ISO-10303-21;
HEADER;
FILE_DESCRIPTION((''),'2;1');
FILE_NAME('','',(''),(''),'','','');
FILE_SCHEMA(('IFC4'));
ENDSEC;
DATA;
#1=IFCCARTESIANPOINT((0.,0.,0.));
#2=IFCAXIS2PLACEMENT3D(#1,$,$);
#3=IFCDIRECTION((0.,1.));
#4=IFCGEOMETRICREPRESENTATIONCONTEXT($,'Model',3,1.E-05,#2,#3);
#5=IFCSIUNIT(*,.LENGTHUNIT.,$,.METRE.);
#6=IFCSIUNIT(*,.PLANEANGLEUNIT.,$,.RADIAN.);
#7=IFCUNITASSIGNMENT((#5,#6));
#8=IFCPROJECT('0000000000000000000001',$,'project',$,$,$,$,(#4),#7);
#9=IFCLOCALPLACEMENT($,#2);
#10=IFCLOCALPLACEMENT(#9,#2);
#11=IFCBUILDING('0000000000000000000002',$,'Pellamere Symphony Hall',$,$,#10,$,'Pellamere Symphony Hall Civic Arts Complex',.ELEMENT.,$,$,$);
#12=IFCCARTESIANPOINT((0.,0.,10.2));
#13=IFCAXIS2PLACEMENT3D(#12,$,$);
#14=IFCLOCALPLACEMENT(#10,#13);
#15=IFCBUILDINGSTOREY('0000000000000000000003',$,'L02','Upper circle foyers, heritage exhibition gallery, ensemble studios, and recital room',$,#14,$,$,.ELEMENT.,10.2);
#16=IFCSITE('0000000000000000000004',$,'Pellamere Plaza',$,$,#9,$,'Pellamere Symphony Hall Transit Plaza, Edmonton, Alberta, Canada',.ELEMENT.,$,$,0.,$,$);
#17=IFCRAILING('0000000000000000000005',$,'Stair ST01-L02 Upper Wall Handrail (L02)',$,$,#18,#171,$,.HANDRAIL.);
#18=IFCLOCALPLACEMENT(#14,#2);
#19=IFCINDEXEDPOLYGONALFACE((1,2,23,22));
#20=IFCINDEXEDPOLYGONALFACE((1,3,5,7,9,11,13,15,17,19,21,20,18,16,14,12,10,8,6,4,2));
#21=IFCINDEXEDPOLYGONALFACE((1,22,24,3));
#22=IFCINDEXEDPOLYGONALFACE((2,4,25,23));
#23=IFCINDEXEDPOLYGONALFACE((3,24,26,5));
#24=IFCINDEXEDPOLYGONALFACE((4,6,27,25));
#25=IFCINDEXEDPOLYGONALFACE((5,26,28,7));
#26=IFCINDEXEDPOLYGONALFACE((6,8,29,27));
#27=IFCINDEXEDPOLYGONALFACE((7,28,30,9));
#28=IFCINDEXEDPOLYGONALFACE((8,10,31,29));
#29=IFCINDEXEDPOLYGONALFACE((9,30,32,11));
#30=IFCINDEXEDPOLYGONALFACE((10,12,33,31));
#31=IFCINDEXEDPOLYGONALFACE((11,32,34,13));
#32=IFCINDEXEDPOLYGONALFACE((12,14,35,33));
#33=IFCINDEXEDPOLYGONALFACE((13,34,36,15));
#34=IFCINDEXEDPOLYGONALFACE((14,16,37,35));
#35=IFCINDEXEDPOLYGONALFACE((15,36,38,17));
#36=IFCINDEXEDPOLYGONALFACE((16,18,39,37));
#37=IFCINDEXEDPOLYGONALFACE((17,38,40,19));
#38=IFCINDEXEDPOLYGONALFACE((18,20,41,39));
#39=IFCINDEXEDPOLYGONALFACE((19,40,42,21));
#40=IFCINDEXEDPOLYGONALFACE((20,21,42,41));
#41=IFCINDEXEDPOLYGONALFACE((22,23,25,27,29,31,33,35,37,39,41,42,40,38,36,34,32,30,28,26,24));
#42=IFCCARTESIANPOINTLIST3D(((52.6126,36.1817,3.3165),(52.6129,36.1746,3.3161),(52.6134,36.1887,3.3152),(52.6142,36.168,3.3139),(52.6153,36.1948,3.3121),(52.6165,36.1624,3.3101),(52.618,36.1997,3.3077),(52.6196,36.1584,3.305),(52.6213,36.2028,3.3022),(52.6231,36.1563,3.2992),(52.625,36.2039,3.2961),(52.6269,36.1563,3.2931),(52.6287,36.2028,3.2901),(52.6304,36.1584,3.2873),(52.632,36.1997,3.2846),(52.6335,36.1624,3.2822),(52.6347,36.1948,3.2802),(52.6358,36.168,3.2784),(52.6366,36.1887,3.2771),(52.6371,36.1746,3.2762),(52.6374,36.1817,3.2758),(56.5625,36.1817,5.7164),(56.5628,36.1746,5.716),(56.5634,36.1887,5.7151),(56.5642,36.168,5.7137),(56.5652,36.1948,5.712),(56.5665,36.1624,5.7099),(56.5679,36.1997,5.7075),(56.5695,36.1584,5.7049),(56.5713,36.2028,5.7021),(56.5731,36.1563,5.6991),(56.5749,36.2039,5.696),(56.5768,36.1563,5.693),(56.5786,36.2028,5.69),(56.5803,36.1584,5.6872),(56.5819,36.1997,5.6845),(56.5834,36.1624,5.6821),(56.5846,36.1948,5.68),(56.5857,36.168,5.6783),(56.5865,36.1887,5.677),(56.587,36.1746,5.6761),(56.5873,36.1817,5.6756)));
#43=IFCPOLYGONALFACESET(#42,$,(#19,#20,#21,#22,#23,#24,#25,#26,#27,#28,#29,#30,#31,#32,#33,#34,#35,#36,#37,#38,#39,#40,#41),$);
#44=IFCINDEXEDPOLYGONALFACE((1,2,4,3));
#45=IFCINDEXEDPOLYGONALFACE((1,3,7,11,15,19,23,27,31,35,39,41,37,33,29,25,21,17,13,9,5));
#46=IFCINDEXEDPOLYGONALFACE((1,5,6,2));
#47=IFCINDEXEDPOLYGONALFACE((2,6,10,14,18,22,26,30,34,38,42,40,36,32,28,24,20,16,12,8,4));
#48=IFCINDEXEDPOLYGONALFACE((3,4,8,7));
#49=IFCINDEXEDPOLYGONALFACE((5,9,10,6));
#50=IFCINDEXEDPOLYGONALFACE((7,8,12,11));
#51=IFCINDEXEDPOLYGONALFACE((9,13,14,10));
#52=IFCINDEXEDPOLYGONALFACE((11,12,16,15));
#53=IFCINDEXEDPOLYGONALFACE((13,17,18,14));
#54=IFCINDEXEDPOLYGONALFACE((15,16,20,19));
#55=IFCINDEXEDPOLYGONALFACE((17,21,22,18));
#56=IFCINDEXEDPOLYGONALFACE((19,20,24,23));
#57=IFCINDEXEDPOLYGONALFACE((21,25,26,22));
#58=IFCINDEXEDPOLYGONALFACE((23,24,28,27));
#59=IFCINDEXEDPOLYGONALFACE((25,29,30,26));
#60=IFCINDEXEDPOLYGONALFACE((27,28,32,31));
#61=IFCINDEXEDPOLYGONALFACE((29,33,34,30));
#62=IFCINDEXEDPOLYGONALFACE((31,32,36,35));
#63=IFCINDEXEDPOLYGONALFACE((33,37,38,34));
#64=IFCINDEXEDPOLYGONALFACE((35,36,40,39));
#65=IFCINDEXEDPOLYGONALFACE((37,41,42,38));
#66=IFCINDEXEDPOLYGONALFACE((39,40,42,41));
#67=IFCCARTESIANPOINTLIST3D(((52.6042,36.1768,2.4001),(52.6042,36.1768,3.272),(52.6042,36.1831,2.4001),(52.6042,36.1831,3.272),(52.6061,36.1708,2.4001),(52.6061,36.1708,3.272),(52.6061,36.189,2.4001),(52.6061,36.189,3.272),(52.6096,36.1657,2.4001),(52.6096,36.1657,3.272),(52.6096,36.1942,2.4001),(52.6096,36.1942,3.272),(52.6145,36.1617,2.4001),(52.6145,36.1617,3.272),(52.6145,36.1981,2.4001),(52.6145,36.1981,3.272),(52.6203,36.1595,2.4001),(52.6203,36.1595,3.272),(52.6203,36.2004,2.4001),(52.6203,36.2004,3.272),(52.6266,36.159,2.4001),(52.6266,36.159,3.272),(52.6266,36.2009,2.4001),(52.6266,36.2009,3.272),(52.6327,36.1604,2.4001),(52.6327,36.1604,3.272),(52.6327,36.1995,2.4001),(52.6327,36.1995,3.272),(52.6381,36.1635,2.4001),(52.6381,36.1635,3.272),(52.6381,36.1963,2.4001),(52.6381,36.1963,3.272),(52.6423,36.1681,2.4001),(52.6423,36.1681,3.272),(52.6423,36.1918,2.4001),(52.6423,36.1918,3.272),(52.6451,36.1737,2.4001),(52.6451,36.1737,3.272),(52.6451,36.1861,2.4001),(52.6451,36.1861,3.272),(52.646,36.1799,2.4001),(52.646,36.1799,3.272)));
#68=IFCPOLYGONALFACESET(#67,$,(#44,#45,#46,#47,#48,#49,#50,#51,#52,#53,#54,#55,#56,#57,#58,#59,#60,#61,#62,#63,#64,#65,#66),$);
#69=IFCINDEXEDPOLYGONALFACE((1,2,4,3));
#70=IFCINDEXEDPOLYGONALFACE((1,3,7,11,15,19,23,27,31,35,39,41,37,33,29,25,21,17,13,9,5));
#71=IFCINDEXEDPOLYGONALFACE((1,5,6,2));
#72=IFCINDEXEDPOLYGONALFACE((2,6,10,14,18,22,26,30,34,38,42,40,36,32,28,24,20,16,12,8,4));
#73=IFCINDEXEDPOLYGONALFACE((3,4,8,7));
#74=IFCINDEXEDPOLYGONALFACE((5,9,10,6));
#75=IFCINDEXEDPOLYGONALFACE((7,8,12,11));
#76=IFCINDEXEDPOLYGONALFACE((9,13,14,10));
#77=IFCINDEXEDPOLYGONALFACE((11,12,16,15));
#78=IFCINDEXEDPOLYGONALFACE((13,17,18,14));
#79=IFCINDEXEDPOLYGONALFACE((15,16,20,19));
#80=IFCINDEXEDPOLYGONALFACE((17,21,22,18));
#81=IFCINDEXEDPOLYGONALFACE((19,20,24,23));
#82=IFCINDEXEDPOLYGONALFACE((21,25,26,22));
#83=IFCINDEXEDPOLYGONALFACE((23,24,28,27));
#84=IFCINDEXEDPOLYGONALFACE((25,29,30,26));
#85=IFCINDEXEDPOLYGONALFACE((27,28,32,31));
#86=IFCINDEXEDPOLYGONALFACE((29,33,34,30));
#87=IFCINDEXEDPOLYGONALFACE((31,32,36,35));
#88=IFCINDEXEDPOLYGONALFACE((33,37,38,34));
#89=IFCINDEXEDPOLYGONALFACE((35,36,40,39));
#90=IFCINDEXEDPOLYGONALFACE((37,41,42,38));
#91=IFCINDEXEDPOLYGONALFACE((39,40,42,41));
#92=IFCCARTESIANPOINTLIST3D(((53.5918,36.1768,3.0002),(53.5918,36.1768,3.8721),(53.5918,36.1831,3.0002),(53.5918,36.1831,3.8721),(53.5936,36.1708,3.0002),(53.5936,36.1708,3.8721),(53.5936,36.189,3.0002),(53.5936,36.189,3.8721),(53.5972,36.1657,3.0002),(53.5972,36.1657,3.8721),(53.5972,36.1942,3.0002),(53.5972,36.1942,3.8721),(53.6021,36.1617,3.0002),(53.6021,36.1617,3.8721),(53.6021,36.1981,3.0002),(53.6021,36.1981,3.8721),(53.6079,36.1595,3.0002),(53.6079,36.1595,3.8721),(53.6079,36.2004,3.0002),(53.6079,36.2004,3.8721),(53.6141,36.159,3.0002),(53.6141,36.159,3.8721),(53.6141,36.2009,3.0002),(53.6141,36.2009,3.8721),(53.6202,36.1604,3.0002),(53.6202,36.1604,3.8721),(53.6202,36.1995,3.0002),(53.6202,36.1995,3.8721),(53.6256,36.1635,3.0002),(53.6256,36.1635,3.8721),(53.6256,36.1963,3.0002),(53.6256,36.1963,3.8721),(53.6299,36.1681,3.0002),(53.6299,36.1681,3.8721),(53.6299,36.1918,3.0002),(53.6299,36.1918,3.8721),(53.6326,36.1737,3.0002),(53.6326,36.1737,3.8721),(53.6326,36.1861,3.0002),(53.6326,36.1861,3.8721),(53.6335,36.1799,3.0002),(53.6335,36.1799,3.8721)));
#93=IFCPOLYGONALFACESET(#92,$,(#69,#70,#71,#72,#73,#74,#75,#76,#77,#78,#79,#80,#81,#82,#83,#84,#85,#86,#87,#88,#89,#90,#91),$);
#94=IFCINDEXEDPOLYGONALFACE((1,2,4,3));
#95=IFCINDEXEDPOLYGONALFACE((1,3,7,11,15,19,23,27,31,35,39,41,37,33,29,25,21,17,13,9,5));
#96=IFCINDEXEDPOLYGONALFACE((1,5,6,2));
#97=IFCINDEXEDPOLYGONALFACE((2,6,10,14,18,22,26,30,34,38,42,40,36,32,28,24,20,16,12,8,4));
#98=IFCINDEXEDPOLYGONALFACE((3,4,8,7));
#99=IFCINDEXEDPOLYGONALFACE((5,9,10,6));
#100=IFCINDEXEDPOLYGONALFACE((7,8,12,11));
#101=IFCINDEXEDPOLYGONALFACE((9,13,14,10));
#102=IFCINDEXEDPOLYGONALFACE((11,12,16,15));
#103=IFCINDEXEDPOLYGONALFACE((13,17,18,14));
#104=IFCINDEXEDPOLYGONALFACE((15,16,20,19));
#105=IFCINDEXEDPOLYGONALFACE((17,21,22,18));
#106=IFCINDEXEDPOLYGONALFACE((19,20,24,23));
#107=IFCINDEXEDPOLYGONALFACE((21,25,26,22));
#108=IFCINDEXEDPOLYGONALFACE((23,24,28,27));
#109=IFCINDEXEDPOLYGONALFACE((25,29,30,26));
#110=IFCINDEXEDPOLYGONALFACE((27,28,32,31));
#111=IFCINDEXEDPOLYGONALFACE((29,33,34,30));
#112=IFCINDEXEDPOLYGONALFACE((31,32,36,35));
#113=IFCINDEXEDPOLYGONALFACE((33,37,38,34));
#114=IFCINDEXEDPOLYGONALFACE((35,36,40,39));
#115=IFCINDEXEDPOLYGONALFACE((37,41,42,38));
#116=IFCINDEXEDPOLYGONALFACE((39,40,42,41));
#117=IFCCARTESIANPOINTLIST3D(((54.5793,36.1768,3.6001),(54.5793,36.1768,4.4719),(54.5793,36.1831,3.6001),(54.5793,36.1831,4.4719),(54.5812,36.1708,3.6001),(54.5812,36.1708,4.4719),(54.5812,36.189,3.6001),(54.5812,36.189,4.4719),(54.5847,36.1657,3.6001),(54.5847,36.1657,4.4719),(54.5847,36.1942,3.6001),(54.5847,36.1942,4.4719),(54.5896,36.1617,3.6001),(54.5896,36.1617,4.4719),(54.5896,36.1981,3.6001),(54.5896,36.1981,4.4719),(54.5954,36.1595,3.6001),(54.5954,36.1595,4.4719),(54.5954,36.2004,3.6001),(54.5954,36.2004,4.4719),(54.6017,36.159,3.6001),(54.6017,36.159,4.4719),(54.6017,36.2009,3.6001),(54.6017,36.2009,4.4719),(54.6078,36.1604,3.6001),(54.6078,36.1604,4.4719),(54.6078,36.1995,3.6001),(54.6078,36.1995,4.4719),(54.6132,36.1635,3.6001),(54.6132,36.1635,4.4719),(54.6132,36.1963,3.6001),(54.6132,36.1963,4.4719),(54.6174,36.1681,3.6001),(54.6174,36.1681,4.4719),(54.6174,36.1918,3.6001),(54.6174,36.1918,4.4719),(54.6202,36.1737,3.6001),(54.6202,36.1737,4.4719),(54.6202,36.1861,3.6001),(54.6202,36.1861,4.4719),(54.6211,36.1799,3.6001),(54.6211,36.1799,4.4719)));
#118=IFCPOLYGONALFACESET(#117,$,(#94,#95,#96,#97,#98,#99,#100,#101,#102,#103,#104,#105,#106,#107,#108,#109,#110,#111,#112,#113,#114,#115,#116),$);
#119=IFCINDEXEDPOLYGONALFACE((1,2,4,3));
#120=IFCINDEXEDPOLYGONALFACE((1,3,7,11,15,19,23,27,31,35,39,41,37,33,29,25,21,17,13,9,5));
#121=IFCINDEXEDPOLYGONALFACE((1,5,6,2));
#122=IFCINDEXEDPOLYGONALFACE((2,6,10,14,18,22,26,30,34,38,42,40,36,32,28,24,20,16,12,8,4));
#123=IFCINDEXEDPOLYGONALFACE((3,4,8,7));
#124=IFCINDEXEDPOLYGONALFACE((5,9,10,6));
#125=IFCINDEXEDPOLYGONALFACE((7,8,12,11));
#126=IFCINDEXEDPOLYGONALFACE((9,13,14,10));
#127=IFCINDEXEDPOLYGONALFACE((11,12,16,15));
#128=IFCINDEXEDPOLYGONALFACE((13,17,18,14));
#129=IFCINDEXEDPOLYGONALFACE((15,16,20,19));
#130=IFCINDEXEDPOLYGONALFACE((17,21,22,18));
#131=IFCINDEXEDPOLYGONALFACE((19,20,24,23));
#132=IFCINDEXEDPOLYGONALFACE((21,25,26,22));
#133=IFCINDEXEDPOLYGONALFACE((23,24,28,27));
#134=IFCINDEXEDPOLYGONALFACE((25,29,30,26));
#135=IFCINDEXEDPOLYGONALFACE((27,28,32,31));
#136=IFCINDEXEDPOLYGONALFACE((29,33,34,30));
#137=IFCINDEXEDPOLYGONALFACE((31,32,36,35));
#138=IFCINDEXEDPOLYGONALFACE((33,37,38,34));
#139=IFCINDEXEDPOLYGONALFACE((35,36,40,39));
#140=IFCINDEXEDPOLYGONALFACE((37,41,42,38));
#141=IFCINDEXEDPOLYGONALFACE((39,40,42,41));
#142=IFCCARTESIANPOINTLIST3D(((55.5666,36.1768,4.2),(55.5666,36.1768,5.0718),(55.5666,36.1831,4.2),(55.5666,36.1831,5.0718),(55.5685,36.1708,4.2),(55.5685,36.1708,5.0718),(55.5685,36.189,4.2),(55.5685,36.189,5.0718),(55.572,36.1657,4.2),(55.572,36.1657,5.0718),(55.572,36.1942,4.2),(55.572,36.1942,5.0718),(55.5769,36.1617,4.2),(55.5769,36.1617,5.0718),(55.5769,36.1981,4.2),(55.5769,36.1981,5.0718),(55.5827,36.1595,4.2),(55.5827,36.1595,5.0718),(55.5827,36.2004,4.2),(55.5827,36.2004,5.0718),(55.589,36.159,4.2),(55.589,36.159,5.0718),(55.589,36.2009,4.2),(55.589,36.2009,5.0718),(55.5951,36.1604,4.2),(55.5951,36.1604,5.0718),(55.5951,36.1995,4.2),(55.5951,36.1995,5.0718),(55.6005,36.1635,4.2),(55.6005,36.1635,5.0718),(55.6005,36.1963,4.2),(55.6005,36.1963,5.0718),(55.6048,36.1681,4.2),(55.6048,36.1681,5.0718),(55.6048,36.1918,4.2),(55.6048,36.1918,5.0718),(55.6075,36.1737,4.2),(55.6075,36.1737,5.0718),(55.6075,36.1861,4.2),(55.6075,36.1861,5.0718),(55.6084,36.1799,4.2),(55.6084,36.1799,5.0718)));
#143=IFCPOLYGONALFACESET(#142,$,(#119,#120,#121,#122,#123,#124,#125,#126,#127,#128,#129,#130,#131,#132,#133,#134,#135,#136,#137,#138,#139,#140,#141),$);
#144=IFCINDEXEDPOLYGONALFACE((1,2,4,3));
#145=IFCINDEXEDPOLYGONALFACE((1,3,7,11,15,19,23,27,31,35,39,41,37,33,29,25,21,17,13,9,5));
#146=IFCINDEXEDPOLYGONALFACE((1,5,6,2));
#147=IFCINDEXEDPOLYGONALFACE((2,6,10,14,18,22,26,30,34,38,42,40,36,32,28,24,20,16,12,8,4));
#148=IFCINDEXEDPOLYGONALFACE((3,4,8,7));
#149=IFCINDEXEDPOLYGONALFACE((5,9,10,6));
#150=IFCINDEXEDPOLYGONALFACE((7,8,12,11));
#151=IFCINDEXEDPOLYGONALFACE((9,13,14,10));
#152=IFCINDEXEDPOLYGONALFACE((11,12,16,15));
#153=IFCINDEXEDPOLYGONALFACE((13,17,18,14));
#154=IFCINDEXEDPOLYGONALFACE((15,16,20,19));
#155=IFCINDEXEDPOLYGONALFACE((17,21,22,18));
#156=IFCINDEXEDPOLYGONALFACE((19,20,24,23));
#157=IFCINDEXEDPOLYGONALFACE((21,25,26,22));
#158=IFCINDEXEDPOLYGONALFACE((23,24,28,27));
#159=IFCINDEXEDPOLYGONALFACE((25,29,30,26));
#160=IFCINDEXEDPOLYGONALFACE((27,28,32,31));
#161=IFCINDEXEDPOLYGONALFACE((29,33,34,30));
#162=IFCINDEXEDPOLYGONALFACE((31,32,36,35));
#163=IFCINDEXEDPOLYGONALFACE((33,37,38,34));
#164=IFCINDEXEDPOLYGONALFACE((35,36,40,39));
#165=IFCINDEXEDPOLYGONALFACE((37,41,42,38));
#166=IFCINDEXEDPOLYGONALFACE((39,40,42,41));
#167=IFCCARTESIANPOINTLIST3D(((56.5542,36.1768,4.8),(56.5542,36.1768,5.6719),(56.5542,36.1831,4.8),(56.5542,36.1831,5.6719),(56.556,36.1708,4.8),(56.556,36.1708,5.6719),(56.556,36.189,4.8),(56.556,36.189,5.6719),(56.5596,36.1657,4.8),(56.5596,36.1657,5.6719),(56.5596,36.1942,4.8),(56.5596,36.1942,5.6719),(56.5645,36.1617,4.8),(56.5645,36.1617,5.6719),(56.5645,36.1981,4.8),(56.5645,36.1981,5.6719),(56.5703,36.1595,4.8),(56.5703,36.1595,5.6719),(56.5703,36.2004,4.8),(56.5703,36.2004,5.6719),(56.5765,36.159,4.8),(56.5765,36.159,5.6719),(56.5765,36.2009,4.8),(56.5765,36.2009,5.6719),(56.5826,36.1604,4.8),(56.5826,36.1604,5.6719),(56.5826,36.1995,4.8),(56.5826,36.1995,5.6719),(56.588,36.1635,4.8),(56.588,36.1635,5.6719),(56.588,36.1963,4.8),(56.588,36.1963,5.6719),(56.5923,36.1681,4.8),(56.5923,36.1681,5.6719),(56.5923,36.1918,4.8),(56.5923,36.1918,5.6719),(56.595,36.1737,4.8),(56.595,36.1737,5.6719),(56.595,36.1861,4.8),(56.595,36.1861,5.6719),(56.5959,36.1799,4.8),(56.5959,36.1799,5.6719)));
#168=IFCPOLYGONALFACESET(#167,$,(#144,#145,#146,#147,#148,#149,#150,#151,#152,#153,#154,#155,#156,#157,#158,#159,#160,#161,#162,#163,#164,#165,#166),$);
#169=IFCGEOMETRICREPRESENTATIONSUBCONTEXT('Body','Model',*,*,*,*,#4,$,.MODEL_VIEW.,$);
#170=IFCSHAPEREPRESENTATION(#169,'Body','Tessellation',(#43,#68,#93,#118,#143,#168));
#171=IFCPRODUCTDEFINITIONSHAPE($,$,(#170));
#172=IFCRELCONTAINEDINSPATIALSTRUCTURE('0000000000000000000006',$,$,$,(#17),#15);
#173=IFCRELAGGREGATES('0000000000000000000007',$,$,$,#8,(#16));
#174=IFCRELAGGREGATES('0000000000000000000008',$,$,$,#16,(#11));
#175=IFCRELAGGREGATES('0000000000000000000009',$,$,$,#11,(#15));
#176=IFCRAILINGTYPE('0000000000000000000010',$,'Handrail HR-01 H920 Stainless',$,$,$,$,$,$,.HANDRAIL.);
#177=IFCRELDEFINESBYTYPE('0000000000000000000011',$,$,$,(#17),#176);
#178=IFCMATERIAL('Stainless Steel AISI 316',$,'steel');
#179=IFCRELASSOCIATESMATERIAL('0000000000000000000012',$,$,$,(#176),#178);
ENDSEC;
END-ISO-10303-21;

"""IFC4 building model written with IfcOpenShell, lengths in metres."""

from ifc_helpers import new_model, si_unit, direction, frame, origin, origin_2d, place, context, subcontext, project, spatial, circle, extrude, material, type_object, element, save


model = new_model("IFC4")

# Units and contexts
model_context = context("Model", 3, precision=1e-05, world=origin(), true_north=direction((0.0, 1.0)))
body_context = subcontext(model_context, "Body", "Model", "MODEL_VIEW")
ifc_project = project(units=[si_unit("LENGTHUNIT", "METRE"), si_unit("PLANEANGLEUNIT", "RADIAN")], contexts=[model_context])

# Site, building, storey
site_placement = place(None, origin())
site = spatial("IfcSite", under=ifc_project, at=site_placement, Name="Pellamere Plaza", LongName="Pellamere Symphony Hall Transit Plaza, Edmonton, Alberta, Canada", CompositionType="ELEMENT", RefElevation=0.0)
building_placement = place(site_placement, origin())
building = spatial("IfcBuilding", under=site, at=building_placement, Name="Pellamere Symphony Hall", LongName="Pellamere Symphony Hall Civic Arts Complex", CompositionType="ELEMENT")
storey_placement = place(building_placement, frame((0.0, 0.0, 10.2)))
storey = spatial("IfcBuildingStorey", under=building, at=storey_placement, Name="L02", Description="Upper circle foyers, heritage exhibition gallery, ensemble studios, and recital room", CompositionType="ELEMENT", Elevation=10.2)

# Railing
ifc_material_1 = material(Name="Stainless Steel AISI 316", Category="steel")
railing_type = type_object("IfcRailingType", Name="Handrail HR-01 H920 Stainless", PredefinedType="HANDRAIL", material=ifc_material_1)
railing_placement = place(storey_placement, frame((52.625, 36.1799, 2.4001)))
element("IfcRailing", 1, at=railing_placement, inside=storey, type_object=railing_type, Name="Stair ST01-L02 Upper Wall Handrail (L02)", PredefinedType="HANDRAIL", context=body_context, shape_type="SweptSolid", body=[
    extrude(circle(Radius=0.0239, at=origin_2d()), frame((0.0, 0.0, 0.896), z_axis=(0.854623, 0.0, 0.51925), x_axis=(0.0, 1.0, 0.0)), (0.0, 0.0, 1.0), 4.6218),
    extrude(circle(Radius=0.021, at=origin_2d()), origin(), (0.0, 0.0, 1.0), 0.8718),
    extrude(circle(Radius=0.021, at=origin_2d()), frame((0.9875, 0.0, 0.6001)), (0.0, 0.0, 1.0), 0.8718),
    extrude(circle(Radius=0.021, at=origin_2d()), frame((1.9751, 0.0, 1.2)), (0.0, 0.0, 1.0), 0.8718),
    extrude(circle(Radius=0.021, at=origin_2d()), frame((2.9624, 0.0, 1.7998)), (0.0, 0.0, 1.0), 0.8718),
    extrude(circle(Radius=0.021, at=origin_2d()), frame((3.95, 0.0, 2.3999)), (0.0, 0.0, 1.0), 0.8718),
])

save(model, "model.ifc")
